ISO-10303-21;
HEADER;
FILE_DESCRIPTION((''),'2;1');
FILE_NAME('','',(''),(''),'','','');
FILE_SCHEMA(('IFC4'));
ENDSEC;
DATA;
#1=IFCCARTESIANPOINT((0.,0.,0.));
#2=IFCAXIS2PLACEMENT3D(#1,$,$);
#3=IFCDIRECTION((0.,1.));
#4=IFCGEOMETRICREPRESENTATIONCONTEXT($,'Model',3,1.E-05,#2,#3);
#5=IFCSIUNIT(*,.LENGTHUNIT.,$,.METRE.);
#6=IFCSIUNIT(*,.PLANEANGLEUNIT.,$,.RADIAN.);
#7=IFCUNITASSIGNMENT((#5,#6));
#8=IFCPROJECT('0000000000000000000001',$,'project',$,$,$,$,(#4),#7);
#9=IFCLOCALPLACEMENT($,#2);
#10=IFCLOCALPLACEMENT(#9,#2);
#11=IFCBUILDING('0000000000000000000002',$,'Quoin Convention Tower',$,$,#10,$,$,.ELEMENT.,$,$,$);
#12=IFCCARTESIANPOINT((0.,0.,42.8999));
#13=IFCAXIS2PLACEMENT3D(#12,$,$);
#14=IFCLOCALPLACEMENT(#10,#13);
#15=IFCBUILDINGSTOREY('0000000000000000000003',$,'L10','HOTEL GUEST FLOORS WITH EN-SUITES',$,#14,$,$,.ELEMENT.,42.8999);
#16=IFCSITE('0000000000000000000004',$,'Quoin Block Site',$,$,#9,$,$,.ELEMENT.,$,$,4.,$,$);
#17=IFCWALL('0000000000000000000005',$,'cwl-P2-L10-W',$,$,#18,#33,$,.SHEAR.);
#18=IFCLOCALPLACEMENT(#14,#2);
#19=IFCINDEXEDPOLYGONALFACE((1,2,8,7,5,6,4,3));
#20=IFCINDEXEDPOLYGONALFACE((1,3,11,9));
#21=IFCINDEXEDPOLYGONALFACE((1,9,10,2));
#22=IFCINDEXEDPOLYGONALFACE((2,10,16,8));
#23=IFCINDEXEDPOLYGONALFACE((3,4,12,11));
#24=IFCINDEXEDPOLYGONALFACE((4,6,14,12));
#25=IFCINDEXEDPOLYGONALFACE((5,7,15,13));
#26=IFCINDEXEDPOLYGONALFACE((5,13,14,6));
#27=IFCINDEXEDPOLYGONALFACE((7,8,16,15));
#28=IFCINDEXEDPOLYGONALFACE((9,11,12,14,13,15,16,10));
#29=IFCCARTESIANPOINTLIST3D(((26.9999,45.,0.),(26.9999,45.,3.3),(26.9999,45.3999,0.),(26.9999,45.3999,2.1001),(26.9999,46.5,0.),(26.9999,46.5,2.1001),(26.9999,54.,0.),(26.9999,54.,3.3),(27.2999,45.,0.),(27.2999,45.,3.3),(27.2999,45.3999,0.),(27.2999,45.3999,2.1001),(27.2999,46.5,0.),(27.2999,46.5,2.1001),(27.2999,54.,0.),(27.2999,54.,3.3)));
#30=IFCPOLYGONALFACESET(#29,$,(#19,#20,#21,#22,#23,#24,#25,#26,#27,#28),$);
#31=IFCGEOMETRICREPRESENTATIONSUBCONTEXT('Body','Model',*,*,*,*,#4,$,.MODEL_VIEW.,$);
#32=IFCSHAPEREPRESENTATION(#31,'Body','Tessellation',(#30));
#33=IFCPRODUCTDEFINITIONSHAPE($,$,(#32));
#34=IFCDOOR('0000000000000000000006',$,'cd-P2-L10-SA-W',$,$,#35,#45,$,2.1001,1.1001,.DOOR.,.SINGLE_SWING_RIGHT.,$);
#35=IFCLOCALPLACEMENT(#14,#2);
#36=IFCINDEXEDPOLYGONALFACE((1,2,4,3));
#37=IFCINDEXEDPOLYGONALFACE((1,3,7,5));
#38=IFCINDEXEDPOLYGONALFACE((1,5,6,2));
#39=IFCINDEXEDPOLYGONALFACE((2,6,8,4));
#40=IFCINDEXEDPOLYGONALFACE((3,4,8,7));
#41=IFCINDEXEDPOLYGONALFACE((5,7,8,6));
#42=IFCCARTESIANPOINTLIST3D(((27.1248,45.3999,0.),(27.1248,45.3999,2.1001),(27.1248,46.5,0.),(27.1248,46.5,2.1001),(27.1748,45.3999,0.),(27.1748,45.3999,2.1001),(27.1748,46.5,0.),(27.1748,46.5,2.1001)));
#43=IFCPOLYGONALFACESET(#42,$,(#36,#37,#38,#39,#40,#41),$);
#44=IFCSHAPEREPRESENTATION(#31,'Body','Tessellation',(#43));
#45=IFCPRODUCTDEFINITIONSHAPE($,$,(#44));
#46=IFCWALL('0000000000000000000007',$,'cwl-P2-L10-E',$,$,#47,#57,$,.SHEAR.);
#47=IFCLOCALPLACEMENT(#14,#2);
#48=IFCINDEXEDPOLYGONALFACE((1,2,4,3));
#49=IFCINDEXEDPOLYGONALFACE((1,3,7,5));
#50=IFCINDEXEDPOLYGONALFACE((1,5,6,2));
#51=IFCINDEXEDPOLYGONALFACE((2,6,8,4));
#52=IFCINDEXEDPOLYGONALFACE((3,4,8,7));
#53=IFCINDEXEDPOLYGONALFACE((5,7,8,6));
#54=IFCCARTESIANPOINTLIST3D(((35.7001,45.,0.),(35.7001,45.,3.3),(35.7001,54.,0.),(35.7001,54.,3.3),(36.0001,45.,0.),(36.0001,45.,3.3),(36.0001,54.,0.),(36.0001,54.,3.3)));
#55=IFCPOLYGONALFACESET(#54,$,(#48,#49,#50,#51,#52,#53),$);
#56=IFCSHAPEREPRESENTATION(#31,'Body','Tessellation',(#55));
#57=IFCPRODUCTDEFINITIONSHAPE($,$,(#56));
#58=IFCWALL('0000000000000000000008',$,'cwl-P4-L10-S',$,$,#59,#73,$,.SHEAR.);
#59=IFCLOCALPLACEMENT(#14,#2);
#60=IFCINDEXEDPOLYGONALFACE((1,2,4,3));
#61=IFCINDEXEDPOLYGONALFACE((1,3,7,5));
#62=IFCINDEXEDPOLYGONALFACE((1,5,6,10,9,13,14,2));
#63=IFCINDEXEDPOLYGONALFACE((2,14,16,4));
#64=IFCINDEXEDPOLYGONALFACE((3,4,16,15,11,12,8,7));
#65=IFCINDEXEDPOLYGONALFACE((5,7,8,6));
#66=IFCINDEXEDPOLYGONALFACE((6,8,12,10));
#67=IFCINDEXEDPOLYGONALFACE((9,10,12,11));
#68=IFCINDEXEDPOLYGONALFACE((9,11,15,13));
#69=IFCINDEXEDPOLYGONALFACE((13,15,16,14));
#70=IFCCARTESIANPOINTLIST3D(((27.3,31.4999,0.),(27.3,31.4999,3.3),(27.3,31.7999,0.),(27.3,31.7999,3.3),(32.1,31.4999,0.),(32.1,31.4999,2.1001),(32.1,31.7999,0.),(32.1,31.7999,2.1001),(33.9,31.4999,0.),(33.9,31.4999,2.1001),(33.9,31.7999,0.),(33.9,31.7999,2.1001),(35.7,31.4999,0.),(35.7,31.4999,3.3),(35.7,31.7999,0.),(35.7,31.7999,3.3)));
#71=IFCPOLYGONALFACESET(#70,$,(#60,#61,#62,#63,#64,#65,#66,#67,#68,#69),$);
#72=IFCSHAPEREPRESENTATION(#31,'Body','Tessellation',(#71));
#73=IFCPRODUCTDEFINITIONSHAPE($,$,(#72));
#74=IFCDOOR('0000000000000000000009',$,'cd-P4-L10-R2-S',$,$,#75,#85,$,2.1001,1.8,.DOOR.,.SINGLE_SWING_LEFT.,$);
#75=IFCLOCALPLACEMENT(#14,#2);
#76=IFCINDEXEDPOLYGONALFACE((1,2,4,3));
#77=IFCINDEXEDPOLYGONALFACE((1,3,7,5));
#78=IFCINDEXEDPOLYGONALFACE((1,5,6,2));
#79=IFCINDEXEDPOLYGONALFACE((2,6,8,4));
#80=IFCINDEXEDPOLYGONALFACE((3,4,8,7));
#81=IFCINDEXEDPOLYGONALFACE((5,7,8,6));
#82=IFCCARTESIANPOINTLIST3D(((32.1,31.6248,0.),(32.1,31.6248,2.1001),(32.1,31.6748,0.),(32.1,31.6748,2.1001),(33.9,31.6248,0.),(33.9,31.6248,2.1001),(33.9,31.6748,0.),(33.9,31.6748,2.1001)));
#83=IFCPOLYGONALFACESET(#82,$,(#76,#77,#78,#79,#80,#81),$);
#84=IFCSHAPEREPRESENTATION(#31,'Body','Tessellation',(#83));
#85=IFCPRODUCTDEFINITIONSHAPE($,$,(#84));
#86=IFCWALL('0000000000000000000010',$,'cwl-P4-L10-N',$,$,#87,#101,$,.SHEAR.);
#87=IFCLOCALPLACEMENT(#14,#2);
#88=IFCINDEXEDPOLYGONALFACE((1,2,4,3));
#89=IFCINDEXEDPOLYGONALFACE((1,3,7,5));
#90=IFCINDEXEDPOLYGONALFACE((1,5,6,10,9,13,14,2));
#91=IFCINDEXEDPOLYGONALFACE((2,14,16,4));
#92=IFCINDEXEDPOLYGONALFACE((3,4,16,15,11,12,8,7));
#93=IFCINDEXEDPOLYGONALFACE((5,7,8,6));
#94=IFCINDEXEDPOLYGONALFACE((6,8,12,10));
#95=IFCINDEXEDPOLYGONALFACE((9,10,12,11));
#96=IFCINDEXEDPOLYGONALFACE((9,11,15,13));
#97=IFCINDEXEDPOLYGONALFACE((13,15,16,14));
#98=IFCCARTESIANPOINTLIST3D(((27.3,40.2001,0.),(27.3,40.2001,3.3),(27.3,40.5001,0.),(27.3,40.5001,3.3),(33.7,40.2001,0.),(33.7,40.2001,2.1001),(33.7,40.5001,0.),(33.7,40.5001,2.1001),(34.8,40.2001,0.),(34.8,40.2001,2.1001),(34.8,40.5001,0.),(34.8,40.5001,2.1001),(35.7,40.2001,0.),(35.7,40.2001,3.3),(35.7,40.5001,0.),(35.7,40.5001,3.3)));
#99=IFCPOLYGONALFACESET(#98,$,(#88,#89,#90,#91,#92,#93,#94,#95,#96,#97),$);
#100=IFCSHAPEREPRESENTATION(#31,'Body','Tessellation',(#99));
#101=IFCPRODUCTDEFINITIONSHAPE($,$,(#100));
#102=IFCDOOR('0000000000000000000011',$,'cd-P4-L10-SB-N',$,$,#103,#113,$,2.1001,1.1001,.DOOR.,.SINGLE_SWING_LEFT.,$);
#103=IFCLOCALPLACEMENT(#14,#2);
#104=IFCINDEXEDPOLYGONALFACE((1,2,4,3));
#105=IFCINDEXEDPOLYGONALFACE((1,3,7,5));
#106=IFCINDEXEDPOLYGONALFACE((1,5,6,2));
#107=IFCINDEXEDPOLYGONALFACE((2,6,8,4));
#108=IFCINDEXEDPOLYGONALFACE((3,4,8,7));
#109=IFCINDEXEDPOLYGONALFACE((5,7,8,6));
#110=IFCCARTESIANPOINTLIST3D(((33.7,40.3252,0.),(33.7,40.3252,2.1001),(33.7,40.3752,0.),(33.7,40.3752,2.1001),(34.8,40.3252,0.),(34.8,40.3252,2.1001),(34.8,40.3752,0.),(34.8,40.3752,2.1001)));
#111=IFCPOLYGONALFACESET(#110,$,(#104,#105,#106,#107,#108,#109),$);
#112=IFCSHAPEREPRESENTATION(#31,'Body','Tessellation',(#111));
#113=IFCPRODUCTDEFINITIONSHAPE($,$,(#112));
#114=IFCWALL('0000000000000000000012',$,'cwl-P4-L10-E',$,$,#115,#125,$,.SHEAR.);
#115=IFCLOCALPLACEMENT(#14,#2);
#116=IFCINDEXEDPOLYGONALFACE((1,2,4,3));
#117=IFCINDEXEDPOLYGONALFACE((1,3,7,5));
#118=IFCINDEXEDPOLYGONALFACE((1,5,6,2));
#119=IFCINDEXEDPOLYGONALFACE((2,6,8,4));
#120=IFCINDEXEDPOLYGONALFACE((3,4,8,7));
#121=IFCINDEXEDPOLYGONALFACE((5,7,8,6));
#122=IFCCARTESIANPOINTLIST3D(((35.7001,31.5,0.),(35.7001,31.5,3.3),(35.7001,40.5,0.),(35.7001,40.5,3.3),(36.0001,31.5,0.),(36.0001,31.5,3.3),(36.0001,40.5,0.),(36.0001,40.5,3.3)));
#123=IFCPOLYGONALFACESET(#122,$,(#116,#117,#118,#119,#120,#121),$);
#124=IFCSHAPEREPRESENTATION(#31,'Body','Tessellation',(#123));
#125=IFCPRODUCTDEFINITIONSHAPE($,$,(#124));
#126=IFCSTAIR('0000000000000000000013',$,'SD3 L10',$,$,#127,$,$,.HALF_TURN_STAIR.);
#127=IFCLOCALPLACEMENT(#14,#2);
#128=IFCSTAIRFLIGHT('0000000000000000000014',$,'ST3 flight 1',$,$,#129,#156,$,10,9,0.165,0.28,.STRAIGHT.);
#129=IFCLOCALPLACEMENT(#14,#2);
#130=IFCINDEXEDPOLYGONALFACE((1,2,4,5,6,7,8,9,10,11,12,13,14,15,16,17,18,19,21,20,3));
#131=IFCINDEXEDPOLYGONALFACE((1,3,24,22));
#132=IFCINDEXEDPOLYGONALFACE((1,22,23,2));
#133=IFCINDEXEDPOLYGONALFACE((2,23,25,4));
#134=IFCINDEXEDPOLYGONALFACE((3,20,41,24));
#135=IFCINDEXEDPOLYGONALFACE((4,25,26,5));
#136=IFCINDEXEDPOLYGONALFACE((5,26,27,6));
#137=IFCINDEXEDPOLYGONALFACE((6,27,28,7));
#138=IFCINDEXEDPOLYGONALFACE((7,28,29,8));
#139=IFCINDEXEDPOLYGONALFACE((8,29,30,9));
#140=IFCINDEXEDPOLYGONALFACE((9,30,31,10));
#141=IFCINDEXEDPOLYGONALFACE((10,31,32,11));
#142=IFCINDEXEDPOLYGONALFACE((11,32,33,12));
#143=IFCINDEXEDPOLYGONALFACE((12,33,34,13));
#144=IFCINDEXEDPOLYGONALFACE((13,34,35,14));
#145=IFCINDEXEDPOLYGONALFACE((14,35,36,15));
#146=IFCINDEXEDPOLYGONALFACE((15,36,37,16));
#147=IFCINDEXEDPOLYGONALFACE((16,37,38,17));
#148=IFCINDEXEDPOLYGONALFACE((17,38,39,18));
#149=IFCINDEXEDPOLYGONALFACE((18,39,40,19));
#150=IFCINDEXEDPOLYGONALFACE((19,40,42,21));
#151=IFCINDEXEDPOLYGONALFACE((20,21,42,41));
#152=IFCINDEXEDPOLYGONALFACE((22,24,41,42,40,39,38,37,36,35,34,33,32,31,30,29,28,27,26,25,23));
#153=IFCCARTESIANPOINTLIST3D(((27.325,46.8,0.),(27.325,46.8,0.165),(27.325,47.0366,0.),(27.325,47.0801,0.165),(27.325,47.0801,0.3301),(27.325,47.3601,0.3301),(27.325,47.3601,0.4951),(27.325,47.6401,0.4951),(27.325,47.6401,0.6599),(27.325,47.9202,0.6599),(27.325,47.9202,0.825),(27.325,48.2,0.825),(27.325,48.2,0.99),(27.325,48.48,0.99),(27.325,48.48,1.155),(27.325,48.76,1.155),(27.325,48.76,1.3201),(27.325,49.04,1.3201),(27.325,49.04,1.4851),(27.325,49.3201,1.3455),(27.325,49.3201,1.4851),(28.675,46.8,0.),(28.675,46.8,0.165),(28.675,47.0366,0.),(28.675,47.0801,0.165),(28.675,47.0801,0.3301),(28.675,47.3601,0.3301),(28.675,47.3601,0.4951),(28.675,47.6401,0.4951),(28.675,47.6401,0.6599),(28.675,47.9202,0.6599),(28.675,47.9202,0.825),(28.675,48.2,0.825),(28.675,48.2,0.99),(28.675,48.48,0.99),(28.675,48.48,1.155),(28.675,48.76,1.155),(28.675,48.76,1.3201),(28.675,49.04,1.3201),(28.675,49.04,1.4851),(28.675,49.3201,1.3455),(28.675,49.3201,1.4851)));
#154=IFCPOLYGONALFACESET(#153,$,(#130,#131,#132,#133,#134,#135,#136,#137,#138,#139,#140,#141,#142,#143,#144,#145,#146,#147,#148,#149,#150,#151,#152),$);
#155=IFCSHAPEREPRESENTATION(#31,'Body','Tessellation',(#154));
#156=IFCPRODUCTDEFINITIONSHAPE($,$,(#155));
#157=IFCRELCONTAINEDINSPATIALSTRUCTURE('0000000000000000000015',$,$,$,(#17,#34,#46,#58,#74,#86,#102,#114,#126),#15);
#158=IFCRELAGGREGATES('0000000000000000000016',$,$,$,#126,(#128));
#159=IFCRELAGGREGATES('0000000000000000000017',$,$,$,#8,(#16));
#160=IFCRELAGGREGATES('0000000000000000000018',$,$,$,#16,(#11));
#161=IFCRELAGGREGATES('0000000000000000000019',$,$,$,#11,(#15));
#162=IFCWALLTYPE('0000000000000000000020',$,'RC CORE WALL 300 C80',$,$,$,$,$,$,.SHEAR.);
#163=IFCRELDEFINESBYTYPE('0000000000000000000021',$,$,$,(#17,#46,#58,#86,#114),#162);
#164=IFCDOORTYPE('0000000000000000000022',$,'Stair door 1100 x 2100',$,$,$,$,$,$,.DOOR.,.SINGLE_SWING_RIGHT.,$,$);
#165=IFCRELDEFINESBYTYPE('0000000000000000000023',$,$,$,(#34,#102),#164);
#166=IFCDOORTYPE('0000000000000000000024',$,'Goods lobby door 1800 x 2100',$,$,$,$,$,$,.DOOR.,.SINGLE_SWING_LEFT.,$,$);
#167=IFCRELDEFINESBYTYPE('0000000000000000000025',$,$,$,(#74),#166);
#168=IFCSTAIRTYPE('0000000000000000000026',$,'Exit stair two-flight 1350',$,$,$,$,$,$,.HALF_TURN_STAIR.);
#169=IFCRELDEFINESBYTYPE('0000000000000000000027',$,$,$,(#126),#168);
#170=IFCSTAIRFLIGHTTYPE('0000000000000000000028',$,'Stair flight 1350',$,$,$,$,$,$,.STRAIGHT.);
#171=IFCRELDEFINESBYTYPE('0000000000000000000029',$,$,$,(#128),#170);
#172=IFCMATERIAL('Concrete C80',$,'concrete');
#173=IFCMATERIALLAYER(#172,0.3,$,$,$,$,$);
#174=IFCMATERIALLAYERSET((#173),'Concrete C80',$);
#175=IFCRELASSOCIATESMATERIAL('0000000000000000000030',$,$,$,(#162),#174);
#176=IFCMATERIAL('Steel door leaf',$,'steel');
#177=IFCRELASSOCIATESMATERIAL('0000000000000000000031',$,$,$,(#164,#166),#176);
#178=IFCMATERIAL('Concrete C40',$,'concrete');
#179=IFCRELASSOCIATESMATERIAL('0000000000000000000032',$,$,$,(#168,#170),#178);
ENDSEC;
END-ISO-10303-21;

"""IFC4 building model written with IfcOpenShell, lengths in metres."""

from ifc_helpers import new_model, si_unit, direction, frame, frame_2d, origin, place, context, subcontext, project, spatial, polyline, rectangle, outline, extrude, material, layer, layer_set, type_object, element, fill, aggregate, save


model = new_model("IFC4")

# Units and contexts
model_context = context("Model", 3, precision=1e-05, world=origin(), true_north=direction((0.0, 1.0)))
body_context = subcontext(model_context, "Body", "Model", "MODEL_VIEW")
ifc_project = project(units=[si_unit("LENGTHUNIT", "METRE"), si_unit("PLANEANGLEUNIT", "RADIAN")], contexts=[model_context])

# Site, building, storey
site_placement = place(None, origin())
site = spatial("IfcSite", under=ifc_project, at=site_placement, Name="Quoin Block Site", CompositionType="ELEMENT", RefElevation=4.0)
building_placement = place(site_placement, origin())
building = spatial("IfcBuilding", under=site, at=building_placement, Name="Quoin Convention Tower", CompositionType="ELEMENT")
storey_placement = place(building_placement, frame((0.0, 0.0, 42.8999)))
storey = spatial("IfcBuildingStorey", under=building, at=storey_placement, Name="L10", Description="HOTEL GUEST FLOORS WITH EN-SUITES", CompositionType="ELEMENT", Elevation=42.8999)

# Shared definitions
ifc_material_1 = material(Name="Concrete C80", Category="concrete")

# Shared definitions
ifc_material_2 = material(Name="Steel door leaf", Category="steel")

# Wall, opening, door
ifc_layer_1 = layer(ifc_material_1, 0.3)
ifc_layer_set_1 = layer_set([ifc_layer_1], Name="Concrete C80")
wall_type_1 = type_object("IfcWallType", Name="RC CORE WALL 300 C80", PredefinedType="SHEAR", material=ifc_layer_set_1)
wall_1_placement = place(storey_placement, frame((27.1499, 45.0, 0.0), z_axis=(0.0, 0.0, 1.0), x_axis=(0.0, 1.0, 0.0)))
wall_1 = element("IfcWall", 1, at=wall_1_placement, inside=storey, type_object=wall_type_1, Name="cwl-P2-L10-W", PredefinedType="SHEAR", context=body_context, shape_type="SweptSolid", body=[
    extrude(rectangle(XDim=9.0, YDim=0.3, at=frame_2d((4.5, 0.0))), origin(), (0.0, 0.0, 1.0), 3.3),
])
opening_1_placement = place(wall_1_placement, frame((0.3999, 0.0, 0.0)))
opening_1 = element("IfcOpeningElement", 2, at=opening_1_placement, cuts=wall_1, PredefinedType="OPENING", context=body_context, shape_type="SweptSolid", body=[
    extrude(rectangle(XDim=1.1001, YDim=2.1001, at=frame_2d((0.55, 1.05))), frame((0.0, 0.1599, 0.0), z_axis=(0.0, -1.0, 0.0), x_axis=(1.0, 0.0, 0.0)), (0.0, 0.0, 1.0), 0.3201),
])
door_type_1 = type_object("IfcDoorType", Name="Stair door 1100 x 2100", OperationType="SINGLE_SWING_RIGHT", PredefinedType="DOOR", material=ifc_material_2)
door_1_placement = place(opening_1_placement, frame((1.1001, 0.0, 0.0), z_axis=(0.0, 0.0, 1.0), x_axis=(-1.0, 0.0, 0.0)))
door_1 = element("IfcDoor", 3, at=door_1_placement, inside=storey, type_object=door_type_1, Name="cd-P2-L10-SA-W", OperationType="SINGLE_SWING_RIGHT", OverallHeight=2.1001, OverallWidth=1.1001, PredefinedType="DOOR", context=body_context, shape_type="SweptSolid", body=[
    extrude(rectangle(XDim=1.1001, YDim=2.1001, at=frame_2d((0.55, 1.05))), frame((0.0, 0.0249, 0.0), z_axis=(0.0, -1.0, 0.0), x_axis=(1.0, 0.0, 0.0)), (0.0, 0.0, 1.0), 0.05),
])
fill(opening_1, door_1)

# Wall
wall_2_placement = place(storey_placement, frame((35.8501, 45.0, 0.0), z_axis=(0.0, 0.0, 1.0), x_axis=(0.0, 1.0, 0.0)))
element("IfcWall", 4, at=wall_2_placement, inside=storey, type_object=wall_type_1, Name="cwl-P2-L10-E", PredefinedType="SHEAR", context=body_context, shape_type="SweptSolid", body=[
    extrude(rectangle(XDim=9.0, YDim=0.3, at=frame_2d((4.5, 0.0))), origin(), (0.0, 0.0, 1.0), 3.3),
])

# Walls, openings, doors
wall_3_placement = place(storey_placement, frame((27.3, 31.6499, 0.0), z_axis=(0.0, 0.0, 1.0), x_axis=(1.0, 0.0, 0.0)))
wall_3 = element("IfcWall", 5, at=wall_3_placement, inside=storey, type_object=wall_type_1, Name="cwl-P4-L10-S", PredefinedType="SHEAR", context=body_context, shape_type="SweptSolid", body=[
    extrude(rectangle(XDim=8.3999, YDim=0.3, at=frame_2d((4.2, 0.0))), origin(), (0.0, 0.0, 1.0), 3.3),
])
opening_2_placement = place(wall_3_placement, frame((4.8, 0.0, 0.0)))
opening_2 = element("IfcOpeningElement", 6, at=opening_2_placement, cuts=wall_3, PredefinedType="OPENING", context=body_context, shape_type="SweptSolid", body=[
    extrude(rectangle(XDim=1.8, YDim=2.1001, at=frame_2d((0.8999, 1.05))), frame((0.0, 0.1599, 0.0), z_axis=(0.0, -1.0, 0.0), x_axis=(1.0, 0.0, 0.0)), (0.0, 0.0, 1.0), 0.3201),
])
door_type_2 = type_object("IfcDoorType", Name="Goods lobby door 1800 x 2100", OperationType="SINGLE_SWING_LEFT", PredefinedType="DOOR", material=ifc_material_2)
door_2_placement = place(opening_2_placement, origin())
door_2 = element("IfcDoor", 7, at=door_2_placement, inside=storey, type_object=door_type_2, Name="cd-P4-L10-R2-S", OperationType="SINGLE_SWING_LEFT", OverallHeight=2.1001, OverallWidth=1.8, PredefinedType="DOOR", context=body_context, shape_type="SweptSolid", body=[
    extrude(rectangle(XDim=1.8, YDim=2.1001, at=frame_2d((0.8999, 1.05))), frame((0.0, 0.0249, 0.0), z_axis=(0.0, -1.0, 0.0), x_axis=(1.0, 0.0, 0.0)), (0.0, 0.0, 1.0), 0.05),
])
fill(opening_2, door_2)
wall_4_placement = place(storey_placement, frame((27.3, 40.3501, 0.0), z_axis=(0.0, 0.0, 1.0), x_axis=(1.0, 0.0, 0.0)))
wall_4 = element("IfcWall", 8, at=wall_4_placement, inside=storey, type_object=wall_type_1, Name="cwl-P4-L10-N", PredefinedType="SHEAR", context=body_context, shape_type="SweptSolid", body=[
    extrude(rectangle(XDim=8.3999, YDim=0.3, at=frame_2d((4.2, 0.0))), origin(), (0.0, 0.0, 1.0), 3.3),
])
opening_3_placement = place(wall_4_placement, frame((6.3999, 0.0, 0.0)))
opening_3 = element("IfcOpeningElement", 9, at=opening_3_placement, cuts=wall_4, PredefinedType="OPENING", context=body_context, shape_type="SweptSolid", body=[
    extrude(rectangle(XDim=1.1001, YDim=2.1001, at=frame_2d((0.55, 1.05))), frame((0.0, 0.1599, 0.0), z_axis=(0.0, -1.0, 0.0), x_axis=(1.0, 0.0, 0.0)), (0.0, 0.0, 1.0), 0.3201),
])
door_3_placement = place(opening_3_placement, frame((1.1001, 0.0, 0.0), z_axis=(0.0, 0.0, 1.0), x_axis=(-1.0, 0.0, 0.0)))
door_3 = element("IfcDoor", 10, at=door_3_placement, inside=storey, type_object=door_type_1, Name="cd-P4-L10-SB-N", OperationType="SINGLE_SWING_LEFT", OverallHeight=2.1001, OverallWidth=1.1001, PredefinedType="DOOR", context=body_context, shape_type="SweptSolid", body=[
    extrude(rectangle(XDim=1.1001, YDim=2.1001, at=frame_2d((0.55, 1.05))), frame((0.0, 0.0249, 0.0), z_axis=(0.0, -1.0, 0.0), x_axis=(1.0, 0.0, 0.0)), (0.0, 0.0, 1.0), 0.05),
])
fill(opening_3, door_3)

# Wall
wall_5_placement = place(storey_placement, frame((35.8501, 31.5, 0.0), z_axis=(0.0, 0.0, 1.0), x_axis=(0.0, 1.0, 0.0)))
element("IfcWall", 11, at=wall_5_placement, inside=storey, type_object=wall_type_1, Name="cwl-P4-L10-E", PredefinedType="SHEAR", context=body_context, shape_type="SweptSolid", body=[
    extrude(rectangle(XDim=9.0, YDim=0.3, at=frame_2d((4.5, 0.0))), origin(), (0.0, 0.0, 1.0), 3.3),
])

# Stair, stair flight
ifc_material_3 = material(Name="Concrete C40", Category="concrete")
stair_type = type_object("IfcStairType", Name="Exit stair two-flight 1350", PredefinedType="HALF_TURN_STAIR", material=ifc_material_3)
stair_1_placement = place(storey_placement, origin())
stair_1 = element("IfcStair", 12, at=stair_1_placement, inside=storey, type_object=stair_type, Name="SD3 L10", PredefinedType="HALF_TURN_STAIR")
stair_flight_type = type_object("IfcStairFlightType", Name="Stair flight 1350", PredefinedType="STRAIGHT", material=ifc_material_3)
stair_flight_1_placement = place(storey_placement, frame((28.0, 46.8, 0.0), z_axis=(0.0, 0.0, 1.0), x_axis=(0.0, 1.0, 0.0)))
stair_flight_1 = element("IfcStairFlight", 13, at=stair_flight_1_placement, type_object=stair_flight_type, Name="ST3 flight 1", NumberOfRisers=10, NumberOfTreads=9, PredefinedType="STRAIGHT", RiserHeight=0.165, TreadLength=0.28, context=body_context, shape_type="SweptSolid", body=[
    extrude(outline(polyline([(0.0, 0.0), (0.0, 0.165), (0.28, 0.165), (0.28, 0.3301), (0.5601, 0.3301), (0.5601, 0.4951), (0.8401, 0.4951), (0.8401, 0.6599), (1.1201, 0.6599), (1.1201, 0.825), (1.3999, 0.825), (1.3999, 0.99), (1.6799, 0.99), (1.6799, 1.155), (1.96, 1.155), (1.96, 1.3201), (2.24, 1.3201), (2.24, 1.4851), (2.52, 1.4851), (2.52, 1.6499), (2.52, 1.3455), (0.2366, 0.0), (0.0, 0.0)])), frame((0.0, 0.675, 0.0), z_axis=(0.0, -1.0, 0.0), x_axis=(1.0, 0.0, 0.0)), (0.0, 0.0, 1.0), 1.3501),
])
aggregate(stair_1, [stair_flight_1])

save(model, "model.ifc")
